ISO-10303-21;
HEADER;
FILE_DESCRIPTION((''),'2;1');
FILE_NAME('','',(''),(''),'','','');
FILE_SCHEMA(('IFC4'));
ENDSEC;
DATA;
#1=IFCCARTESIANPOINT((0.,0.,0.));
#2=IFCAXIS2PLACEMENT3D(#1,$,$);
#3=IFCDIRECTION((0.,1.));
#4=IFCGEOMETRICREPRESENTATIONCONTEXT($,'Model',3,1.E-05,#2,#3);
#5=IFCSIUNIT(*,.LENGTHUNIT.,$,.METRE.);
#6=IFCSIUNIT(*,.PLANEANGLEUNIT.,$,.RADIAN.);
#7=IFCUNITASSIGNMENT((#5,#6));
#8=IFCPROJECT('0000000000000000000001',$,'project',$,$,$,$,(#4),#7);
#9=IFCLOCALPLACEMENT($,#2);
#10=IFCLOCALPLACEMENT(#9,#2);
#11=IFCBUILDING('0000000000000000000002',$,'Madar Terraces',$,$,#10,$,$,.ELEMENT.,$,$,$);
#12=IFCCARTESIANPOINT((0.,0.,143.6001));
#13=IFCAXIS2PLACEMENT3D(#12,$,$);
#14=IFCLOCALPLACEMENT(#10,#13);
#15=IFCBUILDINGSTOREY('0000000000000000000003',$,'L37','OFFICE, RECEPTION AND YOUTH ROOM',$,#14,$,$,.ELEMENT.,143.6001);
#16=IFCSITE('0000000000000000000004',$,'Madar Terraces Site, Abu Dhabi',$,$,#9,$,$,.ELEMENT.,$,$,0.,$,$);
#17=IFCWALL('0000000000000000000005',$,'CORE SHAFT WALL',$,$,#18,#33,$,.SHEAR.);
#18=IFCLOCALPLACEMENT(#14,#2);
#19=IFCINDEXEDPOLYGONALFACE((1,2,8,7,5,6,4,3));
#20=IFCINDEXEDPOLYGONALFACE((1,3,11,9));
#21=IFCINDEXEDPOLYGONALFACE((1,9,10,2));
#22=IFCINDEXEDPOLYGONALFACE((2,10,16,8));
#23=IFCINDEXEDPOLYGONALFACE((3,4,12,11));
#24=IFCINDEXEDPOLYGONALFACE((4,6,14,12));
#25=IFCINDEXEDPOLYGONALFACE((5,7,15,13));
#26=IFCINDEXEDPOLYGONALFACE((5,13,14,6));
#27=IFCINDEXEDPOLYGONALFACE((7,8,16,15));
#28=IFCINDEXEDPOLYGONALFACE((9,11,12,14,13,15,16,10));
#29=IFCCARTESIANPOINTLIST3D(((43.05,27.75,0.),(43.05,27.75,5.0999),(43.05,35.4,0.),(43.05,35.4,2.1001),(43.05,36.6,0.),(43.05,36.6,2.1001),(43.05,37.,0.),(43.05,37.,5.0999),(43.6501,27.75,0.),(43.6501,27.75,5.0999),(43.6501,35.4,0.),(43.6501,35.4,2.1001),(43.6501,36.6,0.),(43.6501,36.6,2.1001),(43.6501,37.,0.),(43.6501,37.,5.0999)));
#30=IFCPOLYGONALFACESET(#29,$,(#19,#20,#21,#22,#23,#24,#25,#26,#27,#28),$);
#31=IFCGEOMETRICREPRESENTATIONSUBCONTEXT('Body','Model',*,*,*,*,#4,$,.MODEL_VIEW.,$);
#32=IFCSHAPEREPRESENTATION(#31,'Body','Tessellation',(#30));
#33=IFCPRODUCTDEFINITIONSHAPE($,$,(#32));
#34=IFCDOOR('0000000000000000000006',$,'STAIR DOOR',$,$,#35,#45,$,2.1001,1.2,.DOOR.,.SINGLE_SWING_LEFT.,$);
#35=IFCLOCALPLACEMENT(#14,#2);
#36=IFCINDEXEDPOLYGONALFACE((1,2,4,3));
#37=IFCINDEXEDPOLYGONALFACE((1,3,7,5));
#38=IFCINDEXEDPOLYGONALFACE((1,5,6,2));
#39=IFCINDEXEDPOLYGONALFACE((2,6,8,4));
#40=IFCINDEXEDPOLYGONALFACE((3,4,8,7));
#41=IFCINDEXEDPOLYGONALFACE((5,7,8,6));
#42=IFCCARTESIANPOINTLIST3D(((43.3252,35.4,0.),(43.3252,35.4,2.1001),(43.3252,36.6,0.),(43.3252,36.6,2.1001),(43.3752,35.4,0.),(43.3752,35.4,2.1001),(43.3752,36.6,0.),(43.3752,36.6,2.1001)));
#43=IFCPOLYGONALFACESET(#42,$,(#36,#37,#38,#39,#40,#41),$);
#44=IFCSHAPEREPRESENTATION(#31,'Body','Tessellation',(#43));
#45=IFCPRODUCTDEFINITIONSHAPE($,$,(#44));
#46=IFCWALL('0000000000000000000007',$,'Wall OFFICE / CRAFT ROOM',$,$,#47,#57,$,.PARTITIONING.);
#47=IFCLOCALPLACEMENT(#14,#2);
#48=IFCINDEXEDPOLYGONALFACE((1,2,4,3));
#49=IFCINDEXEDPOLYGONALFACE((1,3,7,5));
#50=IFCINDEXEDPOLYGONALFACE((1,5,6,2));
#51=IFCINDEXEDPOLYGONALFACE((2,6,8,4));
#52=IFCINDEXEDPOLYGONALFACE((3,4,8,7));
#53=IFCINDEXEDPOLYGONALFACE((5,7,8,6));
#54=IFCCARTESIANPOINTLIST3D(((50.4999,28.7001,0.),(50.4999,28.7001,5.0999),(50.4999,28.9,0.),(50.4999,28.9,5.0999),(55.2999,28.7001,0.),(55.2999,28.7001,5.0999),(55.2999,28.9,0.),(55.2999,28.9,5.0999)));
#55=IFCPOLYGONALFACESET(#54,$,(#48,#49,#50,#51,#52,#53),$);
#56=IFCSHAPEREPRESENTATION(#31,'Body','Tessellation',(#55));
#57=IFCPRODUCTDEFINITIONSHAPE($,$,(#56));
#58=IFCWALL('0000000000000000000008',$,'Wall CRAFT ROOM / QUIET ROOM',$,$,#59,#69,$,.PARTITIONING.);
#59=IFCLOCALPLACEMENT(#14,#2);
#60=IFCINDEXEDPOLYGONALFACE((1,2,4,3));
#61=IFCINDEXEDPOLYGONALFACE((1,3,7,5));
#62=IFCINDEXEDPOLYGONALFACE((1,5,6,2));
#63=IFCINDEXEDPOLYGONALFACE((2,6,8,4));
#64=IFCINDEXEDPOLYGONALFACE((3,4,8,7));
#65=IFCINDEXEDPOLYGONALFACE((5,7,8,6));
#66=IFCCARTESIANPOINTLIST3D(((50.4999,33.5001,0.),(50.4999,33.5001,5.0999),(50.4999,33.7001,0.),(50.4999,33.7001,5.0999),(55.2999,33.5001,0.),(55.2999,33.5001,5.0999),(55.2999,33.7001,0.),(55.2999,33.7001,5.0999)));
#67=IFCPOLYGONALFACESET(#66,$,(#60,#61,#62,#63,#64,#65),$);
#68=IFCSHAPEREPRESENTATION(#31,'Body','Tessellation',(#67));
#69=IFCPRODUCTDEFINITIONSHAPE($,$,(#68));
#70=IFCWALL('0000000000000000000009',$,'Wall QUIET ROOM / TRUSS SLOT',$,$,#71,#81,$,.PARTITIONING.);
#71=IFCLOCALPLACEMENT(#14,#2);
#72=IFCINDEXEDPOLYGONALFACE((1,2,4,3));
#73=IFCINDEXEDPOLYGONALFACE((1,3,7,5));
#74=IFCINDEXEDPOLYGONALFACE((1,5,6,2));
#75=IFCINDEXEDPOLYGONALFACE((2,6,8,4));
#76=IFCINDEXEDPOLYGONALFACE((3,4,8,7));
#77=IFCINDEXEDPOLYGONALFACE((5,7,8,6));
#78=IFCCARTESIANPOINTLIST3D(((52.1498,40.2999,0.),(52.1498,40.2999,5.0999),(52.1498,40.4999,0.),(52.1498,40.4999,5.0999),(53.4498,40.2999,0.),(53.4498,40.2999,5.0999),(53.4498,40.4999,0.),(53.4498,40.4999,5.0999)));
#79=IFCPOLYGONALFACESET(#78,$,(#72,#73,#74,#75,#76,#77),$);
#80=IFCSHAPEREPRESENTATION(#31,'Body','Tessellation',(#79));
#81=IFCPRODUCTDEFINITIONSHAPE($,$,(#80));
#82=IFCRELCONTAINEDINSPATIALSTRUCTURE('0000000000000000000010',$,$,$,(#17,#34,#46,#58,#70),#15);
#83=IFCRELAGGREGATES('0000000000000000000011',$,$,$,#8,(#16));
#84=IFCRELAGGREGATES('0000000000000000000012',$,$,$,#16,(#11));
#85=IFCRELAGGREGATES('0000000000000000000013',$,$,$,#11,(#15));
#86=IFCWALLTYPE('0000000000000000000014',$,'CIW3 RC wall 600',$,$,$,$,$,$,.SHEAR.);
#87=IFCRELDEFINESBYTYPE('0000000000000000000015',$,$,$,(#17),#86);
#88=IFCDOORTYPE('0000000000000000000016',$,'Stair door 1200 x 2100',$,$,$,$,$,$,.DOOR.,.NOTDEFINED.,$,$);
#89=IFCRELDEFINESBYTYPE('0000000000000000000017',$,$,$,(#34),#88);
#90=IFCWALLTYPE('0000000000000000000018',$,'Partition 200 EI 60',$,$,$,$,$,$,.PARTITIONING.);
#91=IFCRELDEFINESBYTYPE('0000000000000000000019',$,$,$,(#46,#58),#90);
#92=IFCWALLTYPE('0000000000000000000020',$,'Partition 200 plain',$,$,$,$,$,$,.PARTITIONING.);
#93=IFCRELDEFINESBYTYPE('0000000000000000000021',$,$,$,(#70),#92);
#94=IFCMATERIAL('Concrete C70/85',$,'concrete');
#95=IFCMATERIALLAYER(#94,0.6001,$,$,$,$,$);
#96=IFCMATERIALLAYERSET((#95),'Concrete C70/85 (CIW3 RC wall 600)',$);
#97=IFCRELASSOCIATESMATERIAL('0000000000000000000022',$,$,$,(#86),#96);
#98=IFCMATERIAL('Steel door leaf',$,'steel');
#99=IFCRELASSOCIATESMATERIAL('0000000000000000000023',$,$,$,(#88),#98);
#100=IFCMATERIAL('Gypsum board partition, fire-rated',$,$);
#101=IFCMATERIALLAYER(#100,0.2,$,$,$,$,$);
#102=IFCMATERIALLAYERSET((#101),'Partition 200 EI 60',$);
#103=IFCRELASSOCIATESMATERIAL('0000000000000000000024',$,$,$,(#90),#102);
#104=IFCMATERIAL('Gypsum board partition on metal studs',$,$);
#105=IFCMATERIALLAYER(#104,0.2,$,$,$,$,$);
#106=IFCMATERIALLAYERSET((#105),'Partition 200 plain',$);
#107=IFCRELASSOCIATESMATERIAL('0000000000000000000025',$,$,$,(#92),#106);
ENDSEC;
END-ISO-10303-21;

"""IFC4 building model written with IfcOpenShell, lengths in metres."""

from ifc_helpers import new_model, si_unit, direction, frame, frame_2d, origin, place, context, subcontext, project, spatial, rectangle, extrude, material, layer, layer_set, type_object, element, fill, save


model = new_model("IFC4")

# Units and contexts
model_context = context("Model", 3, precision=1e-05, world=origin(), true_north=direction((0.0, 1.0)))
body_context = subcontext(model_context, "Body", "Model", "MODEL_VIEW")
ifc_project = project(units=[si_unit("LENGTHUNIT", "METRE"), si_unit("PLANEANGLEUNIT", "RADIAN")], contexts=[model_context])

# Site, building, storey
site_placement = place(None, origin())
site = spatial("IfcSite", under=ifc_project, at=site_placement, Name="Madar Terraces Site, Abu Dhabi", CompositionType="ELEMENT", RefElevation=0.0)
building_placement = place(site_placement, origin())
building = spatial("IfcBuilding", under=site, at=building_placement, Name="Madar Terraces", CompositionType="ELEMENT")
storey_placement = place(building_placement, frame((0.0, 0.0, 143.6001)))
storey = spatial("IfcBuildingStorey", under=building, at=storey_placement, Name="L37", Description="OFFICE, RECEPTION AND YOUTH ROOM", CompositionType="ELEMENT", Elevation=143.6001)

# Wall, opening, door
ifc_material_1 = material(Name="Concrete C70/85", Category="concrete")
ifc_layer_1 = layer(ifc_material_1, 0.6001)
ifc_layer_set_1 = layer_set([ifc_layer_1], Name="Concrete C70/85 (CIW3 RC wall 600)")
wall_type_1 = type_object("IfcWallType", Name="CIW3 RC wall 600", PredefinedType="SHEAR", material=ifc_layer_set_1)
wall_1_placement = place(storey_placement, frame((43.3501, 27.75, 0.0), z_axis=(0.0, 0.0, 1.0), x_axis=(0.0, 1.0, 0.0)))
wall_1 = element("IfcWall", 1, at=wall_1_placement, inside=storey, type_object=wall_type_1, Name="CORE SHAFT WALL", PredefinedType="SHEAR", context=body_context, shape_type="SweptSolid", body=[
    extrude(rectangle(XDim=9.25, YDim=0.6001, at=frame_2d((4.625, 0.0))), origin(), (0.0, 0.0, 1.0), 5.0999),
])
opening_placement = place(wall_1_placement, frame((7.6499, 0.0, 0.0)))
opening = element("IfcOpeningElement", 2, at=opening_placement, cuts=wall_1, PredefinedType="OPENING", context=body_context, shape_type="SweptSolid", body=[
    extrude(rectangle(XDim=1.2, YDim=2.1001, at=frame_2d((0.6001, 1.05))), frame((0.0, 0.3101, 0.0), z_axis=(0.0, -1.0, 0.0), x_axis=(1.0, 0.0, 0.0)), (0.0, 0.0, 1.0), 0.6201),
])
ifc_material_2 = material(Name="Steel door leaf", Category="steel")
door_type = type_object("IfcDoorType", Name="Stair door 1200 x 2100", OperationType="NOTDEFINED", PredefinedType="DOOR", material=ifc_material_2)
door_placement = place(opening_placement, origin())
door = element("IfcDoor", 3, at=door_placement, inside=storey, type_object=door_type, Name="STAIR DOOR", OperationType="SINGLE_SWING_LEFT", OverallHeight=2.1001, OverallWidth=1.2, PredefinedType="DOOR", context=body_context, shape_type="SweptSolid", body=[
    extrude(rectangle(XDim=1.2, YDim=2.1001, at=frame_2d((0.6001, 1.05))), frame((0.0, 0.0249, 0.0), z_axis=(0.0, -1.0, 0.0), x_axis=(1.0, 0.0, 0.0)), (0.0, 0.0, 1.0), 0.05),
])
fill(opening, door)

# Walls
ifc_material_3 = material(Name="Gypsum board partition, fire-rated")
ifc_layer_2 = layer(ifc_material_3, 0.2)
ifc_layer_set_2 = layer_set([ifc_layer_2], Name="Partition 200 EI 60")
wall_type_2 = type_object("IfcWallType", Name="Partition 200 EI 60", PredefinedType="PARTITIONING", material=ifc_layer_set_2)
for number, where, z_axis, x_axis, name in (
    (4, (50.5, 28.8, 0.0), (0.0, 0.0, 1.0), (1.0, 0.0, 0.0), "Wall OFFICE / CRAFT ROOM"),
    (5, (50.5, 33.6001, 0.0), (0.0, 0.0, 1.0), (1.0, 0.0, 0.0), "Wall CRAFT ROOM / QUIET ROOM"),
):
    element("IfcWall", number, at=place(storey_placement, frame(where, z_axis=z_axis, x_axis=x_axis)), inside=storey, type_object=wall_type_2, Name=name, PredefinedType="PARTITIONING", context=body_context, shape_type="SweptSolid", body=[
        extrude(rectangle(XDim=4.8, YDim=0.2, at=frame_2d((2.3999, 0.0))), origin(), (0.0, 0.0, 1.0), 5.0999),
    ])
ifc_material_4 = material(Name="Gypsum board partition on metal studs")
ifc_layer_3 = layer(ifc_material_4, 0.2)
ifc_layer_set_3 = layer_set([ifc_layer_3], Name="Partition 200 plain")
wall_type_3 = type_object("IfcWallType", Name="Partition 200 plain", PredefinedType="PARTITIONING", material=ifc_layer_set_3)
wall_2_placement = place(storey_placement, frame((52.1499, 40.3999, 0.0), z_axis=(0.0, 0.0, 1.0), x_axis=(1.0, 0.0, 0.0)))
element("IfcWall", 6, at=wall_2_placement, inside=storey, type_object=wall_type_3, Name="Wall QUIET ROOM / TRUSS SLOT", PredefinedType="PARTITIONING", context=body_context, shape_type="SweptSolid", body=[
    extrude(rectangle(XDim=1.3, YDim=0.2, at=frame_2d((0.6499, 0.0))), origin(), (0.0, 0.0, 1.0), 5.0999),
])

save(model, "model.ifc")
